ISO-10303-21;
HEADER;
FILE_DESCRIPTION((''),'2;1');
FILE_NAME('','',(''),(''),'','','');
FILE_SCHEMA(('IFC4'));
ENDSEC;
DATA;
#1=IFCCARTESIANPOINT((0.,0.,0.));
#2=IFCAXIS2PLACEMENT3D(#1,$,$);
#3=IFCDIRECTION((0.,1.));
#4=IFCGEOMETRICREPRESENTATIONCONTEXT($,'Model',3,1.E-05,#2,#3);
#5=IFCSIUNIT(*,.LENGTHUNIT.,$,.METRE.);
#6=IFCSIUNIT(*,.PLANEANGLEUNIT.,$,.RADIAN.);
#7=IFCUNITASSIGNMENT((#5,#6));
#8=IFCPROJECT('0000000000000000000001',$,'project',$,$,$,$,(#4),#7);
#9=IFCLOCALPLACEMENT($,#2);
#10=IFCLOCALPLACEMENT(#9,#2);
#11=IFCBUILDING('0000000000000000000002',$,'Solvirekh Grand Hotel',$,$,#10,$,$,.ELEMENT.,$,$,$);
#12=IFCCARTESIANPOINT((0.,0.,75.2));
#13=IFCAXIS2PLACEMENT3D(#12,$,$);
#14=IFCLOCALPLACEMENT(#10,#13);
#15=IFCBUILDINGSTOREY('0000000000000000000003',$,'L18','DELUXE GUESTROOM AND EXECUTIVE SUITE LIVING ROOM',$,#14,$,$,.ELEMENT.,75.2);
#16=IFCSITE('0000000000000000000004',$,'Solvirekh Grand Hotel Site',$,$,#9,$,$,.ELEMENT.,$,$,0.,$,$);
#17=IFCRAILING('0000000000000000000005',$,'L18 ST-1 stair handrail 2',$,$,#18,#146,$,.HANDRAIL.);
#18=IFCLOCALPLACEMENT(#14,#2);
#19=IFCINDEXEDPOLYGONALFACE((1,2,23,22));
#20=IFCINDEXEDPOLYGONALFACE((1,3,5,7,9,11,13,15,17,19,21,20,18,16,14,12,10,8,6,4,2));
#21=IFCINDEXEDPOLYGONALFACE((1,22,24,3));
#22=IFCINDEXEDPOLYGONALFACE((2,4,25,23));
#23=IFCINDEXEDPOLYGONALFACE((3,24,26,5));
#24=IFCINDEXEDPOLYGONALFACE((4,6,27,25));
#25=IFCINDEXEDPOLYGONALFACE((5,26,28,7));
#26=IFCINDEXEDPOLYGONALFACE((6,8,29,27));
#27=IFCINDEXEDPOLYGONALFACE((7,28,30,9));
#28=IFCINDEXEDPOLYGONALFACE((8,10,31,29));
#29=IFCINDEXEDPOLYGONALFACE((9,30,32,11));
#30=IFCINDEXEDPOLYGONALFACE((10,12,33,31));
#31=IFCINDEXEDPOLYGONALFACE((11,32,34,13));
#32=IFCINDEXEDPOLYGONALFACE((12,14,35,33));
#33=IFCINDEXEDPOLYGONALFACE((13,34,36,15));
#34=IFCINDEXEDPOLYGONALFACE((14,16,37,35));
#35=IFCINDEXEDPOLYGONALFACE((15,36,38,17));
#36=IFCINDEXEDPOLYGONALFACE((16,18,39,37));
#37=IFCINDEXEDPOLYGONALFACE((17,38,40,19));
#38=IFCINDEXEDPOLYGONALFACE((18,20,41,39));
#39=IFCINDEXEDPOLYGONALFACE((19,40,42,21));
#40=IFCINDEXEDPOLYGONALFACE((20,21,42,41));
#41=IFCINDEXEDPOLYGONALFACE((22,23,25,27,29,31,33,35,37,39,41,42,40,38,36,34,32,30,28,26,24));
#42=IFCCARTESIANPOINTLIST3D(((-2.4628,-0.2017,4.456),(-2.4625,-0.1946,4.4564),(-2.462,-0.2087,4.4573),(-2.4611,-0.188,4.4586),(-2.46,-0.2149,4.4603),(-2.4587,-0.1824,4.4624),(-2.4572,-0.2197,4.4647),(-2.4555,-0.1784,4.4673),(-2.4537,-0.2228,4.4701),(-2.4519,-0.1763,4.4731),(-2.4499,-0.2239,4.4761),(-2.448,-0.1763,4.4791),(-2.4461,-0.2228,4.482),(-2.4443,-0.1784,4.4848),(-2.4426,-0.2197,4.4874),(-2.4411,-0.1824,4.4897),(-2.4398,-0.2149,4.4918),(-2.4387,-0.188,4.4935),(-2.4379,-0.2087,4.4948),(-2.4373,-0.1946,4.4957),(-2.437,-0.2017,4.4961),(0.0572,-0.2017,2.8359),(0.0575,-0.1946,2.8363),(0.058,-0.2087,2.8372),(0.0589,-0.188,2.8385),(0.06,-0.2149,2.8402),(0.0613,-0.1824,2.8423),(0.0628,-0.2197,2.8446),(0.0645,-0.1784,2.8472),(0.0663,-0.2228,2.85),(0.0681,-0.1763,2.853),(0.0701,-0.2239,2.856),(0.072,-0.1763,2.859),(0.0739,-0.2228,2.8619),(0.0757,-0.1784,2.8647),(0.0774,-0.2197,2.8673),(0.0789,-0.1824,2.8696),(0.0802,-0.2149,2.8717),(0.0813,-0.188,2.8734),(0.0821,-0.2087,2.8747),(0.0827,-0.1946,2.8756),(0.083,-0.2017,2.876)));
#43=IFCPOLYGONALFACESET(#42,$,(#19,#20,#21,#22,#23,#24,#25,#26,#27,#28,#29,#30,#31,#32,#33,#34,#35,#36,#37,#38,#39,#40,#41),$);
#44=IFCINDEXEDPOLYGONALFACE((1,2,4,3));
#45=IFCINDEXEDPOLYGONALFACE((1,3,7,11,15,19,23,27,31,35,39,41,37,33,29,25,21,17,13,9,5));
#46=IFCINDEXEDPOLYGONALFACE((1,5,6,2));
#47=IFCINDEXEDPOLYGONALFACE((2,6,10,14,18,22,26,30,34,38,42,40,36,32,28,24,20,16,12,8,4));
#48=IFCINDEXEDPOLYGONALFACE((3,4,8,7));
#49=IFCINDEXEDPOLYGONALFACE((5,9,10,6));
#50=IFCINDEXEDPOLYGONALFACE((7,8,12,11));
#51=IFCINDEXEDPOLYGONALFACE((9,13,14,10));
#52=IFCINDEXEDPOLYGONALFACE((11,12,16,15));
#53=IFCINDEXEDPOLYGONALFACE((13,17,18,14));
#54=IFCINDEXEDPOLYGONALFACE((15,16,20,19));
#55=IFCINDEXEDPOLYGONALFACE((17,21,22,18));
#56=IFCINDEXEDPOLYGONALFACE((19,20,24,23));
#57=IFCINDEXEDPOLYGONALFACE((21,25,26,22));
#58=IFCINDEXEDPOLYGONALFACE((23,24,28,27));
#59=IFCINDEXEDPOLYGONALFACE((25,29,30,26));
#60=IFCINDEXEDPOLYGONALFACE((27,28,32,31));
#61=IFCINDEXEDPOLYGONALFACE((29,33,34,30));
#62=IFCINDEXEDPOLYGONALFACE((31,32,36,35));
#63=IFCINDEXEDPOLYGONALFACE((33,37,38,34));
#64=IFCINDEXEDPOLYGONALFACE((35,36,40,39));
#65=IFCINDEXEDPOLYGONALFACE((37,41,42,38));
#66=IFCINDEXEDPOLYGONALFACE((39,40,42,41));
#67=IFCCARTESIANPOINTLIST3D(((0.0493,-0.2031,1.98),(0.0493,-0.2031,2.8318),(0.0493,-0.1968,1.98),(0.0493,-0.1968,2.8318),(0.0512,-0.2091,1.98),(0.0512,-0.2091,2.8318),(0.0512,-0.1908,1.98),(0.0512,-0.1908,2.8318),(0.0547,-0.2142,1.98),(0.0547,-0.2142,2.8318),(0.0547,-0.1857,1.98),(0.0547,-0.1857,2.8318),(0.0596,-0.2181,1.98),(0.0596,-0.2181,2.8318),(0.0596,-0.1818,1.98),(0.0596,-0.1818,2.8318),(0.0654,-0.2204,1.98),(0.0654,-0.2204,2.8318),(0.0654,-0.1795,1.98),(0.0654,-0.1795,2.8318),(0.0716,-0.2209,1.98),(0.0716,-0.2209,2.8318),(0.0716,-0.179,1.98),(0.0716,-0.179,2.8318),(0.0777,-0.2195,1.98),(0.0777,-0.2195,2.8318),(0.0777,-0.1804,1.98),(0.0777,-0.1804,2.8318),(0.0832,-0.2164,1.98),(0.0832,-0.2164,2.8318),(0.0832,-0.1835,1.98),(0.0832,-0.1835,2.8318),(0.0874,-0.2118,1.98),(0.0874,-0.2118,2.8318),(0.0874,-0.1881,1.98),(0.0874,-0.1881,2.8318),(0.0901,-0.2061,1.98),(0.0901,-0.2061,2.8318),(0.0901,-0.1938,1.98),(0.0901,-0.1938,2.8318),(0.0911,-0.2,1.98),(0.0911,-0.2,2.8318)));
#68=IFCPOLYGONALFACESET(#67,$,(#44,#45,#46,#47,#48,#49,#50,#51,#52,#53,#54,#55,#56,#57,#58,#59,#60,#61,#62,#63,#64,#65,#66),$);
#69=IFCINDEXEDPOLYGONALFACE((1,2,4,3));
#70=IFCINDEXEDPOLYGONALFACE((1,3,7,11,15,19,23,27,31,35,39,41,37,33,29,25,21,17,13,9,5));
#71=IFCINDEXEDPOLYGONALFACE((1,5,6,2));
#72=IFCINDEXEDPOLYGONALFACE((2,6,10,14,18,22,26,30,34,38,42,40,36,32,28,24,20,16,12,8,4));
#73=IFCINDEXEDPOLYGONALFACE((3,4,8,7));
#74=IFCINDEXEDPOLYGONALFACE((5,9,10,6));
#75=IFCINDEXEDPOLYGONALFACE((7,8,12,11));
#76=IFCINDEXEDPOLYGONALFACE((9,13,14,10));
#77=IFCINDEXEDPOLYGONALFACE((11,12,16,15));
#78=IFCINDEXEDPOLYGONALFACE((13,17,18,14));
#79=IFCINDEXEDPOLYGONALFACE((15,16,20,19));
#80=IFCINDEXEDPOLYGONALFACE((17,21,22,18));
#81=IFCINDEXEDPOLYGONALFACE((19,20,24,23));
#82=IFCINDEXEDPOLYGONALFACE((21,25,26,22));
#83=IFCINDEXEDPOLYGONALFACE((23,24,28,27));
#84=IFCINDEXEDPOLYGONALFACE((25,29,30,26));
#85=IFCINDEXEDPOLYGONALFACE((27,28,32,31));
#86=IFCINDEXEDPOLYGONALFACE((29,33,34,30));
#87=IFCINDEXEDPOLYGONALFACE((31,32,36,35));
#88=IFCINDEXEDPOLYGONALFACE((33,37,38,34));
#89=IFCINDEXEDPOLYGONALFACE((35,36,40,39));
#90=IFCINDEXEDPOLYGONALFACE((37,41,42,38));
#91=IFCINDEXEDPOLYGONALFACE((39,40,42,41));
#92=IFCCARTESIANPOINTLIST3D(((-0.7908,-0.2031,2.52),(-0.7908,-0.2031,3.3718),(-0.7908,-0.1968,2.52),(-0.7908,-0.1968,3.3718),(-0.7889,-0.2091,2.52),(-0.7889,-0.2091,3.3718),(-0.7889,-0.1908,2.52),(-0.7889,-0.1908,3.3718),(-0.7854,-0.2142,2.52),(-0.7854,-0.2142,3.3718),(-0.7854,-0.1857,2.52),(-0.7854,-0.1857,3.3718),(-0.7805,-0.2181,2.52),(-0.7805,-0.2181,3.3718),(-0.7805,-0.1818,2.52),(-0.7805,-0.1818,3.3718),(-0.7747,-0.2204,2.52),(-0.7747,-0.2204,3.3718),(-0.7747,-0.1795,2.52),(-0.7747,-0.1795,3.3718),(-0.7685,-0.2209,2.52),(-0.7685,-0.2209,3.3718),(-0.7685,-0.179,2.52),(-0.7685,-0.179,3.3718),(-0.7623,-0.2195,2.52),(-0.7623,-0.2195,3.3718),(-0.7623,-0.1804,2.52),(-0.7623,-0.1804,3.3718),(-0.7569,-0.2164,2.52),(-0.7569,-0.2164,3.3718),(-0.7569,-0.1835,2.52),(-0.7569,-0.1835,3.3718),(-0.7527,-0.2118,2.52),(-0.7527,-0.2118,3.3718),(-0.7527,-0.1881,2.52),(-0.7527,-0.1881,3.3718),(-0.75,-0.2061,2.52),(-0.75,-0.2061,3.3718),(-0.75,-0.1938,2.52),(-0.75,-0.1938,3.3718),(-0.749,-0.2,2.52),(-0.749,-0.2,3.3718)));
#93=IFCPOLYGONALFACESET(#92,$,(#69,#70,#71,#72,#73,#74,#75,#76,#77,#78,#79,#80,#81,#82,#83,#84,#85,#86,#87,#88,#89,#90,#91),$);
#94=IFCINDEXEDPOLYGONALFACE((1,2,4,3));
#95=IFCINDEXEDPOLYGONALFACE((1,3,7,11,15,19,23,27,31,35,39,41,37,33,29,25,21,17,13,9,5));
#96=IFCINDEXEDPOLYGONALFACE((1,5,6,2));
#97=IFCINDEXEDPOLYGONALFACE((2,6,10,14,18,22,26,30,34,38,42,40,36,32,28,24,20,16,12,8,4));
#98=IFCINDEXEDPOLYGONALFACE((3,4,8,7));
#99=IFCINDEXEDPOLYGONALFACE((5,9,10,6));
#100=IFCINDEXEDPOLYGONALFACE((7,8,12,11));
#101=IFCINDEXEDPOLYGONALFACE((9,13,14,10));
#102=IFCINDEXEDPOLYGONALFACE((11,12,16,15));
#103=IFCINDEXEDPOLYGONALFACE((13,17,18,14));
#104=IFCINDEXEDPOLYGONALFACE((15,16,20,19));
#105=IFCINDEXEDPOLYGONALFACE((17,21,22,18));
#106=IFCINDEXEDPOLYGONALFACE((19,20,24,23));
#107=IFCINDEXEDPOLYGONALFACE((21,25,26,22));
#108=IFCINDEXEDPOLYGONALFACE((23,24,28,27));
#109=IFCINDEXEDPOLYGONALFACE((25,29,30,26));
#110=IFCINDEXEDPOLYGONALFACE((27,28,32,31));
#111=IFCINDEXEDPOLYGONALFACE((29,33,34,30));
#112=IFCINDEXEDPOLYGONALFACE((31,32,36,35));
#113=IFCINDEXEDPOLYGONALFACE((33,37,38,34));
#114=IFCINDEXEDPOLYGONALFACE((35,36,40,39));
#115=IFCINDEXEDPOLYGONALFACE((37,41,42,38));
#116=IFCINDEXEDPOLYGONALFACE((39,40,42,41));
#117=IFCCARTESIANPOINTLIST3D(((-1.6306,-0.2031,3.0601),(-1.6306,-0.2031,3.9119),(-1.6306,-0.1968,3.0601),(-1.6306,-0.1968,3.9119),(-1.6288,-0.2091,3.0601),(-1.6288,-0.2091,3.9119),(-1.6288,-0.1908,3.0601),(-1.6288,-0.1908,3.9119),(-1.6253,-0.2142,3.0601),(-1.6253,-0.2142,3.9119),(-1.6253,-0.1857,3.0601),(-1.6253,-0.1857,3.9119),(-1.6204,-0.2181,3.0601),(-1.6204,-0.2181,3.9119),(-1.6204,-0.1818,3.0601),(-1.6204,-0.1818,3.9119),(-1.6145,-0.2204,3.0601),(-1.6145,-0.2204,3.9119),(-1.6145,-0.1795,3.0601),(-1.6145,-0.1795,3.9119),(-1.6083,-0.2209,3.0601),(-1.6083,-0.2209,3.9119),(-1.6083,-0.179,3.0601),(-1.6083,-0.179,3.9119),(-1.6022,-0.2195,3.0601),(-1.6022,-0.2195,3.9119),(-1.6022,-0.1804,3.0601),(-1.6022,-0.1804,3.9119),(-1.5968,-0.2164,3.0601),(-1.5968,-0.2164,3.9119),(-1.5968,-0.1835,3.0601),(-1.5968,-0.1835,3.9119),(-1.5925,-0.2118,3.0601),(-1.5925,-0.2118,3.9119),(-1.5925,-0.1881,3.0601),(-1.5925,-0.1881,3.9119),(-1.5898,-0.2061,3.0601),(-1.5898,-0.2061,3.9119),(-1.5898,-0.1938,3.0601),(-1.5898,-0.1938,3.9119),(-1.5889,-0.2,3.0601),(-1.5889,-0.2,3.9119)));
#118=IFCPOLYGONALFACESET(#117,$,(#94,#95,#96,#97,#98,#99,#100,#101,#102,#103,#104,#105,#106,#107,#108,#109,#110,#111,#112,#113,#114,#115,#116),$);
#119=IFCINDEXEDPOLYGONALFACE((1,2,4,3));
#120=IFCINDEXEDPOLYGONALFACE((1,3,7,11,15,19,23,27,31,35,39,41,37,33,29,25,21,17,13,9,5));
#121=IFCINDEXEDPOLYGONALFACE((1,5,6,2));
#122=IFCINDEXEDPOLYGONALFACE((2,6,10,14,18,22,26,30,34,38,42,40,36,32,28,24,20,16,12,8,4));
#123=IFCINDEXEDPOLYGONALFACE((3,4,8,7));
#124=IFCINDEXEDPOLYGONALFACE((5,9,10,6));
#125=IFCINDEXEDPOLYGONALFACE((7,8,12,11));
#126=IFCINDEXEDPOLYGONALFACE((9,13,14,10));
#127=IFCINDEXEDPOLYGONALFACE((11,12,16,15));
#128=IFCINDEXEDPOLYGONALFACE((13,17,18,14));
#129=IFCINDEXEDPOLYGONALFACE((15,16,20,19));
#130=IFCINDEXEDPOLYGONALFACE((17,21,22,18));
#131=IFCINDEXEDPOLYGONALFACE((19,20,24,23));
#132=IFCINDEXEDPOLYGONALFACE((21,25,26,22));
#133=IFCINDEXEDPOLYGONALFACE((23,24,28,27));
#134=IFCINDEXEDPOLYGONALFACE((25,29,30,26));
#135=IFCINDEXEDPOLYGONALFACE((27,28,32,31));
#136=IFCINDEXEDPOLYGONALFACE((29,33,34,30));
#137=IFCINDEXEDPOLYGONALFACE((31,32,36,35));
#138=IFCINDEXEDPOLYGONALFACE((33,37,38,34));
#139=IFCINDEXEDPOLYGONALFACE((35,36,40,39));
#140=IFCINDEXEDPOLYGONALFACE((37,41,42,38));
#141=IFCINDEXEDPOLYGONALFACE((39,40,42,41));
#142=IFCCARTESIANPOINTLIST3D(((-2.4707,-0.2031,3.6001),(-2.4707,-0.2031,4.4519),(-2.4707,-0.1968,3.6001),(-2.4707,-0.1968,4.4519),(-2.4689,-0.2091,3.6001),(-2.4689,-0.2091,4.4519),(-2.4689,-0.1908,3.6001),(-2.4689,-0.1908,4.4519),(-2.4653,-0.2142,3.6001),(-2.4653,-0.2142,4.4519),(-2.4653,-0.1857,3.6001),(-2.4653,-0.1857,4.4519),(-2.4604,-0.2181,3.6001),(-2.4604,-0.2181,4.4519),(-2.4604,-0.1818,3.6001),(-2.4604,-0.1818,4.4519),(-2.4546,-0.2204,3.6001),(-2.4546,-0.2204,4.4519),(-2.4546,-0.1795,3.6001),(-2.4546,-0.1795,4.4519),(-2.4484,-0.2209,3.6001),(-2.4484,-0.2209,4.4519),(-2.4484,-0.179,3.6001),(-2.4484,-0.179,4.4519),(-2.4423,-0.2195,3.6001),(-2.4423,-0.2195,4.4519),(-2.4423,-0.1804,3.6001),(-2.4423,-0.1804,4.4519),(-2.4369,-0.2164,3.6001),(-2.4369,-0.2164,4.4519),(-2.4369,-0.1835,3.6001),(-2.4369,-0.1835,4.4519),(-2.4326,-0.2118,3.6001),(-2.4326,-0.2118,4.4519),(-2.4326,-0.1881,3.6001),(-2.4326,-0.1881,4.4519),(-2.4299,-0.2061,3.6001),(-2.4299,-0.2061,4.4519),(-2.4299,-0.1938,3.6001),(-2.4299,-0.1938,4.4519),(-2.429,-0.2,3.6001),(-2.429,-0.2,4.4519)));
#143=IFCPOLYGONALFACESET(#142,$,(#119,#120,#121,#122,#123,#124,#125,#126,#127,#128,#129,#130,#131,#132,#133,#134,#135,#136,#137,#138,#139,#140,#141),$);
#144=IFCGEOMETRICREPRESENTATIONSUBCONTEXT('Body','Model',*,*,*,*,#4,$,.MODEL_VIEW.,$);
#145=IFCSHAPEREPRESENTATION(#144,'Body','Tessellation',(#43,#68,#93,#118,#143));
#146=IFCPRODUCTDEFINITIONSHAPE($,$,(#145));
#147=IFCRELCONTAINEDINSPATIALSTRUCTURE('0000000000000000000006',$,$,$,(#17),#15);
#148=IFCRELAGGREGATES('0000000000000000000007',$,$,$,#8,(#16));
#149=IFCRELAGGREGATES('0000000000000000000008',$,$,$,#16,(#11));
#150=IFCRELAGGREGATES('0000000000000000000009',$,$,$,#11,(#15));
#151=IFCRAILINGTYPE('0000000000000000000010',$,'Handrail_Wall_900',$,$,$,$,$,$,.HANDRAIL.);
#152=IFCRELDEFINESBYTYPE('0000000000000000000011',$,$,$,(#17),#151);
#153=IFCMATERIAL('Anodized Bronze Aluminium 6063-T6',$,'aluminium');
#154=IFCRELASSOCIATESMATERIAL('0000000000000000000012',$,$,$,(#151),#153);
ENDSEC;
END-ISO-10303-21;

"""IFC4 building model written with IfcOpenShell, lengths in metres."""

from ifc_helpers import new_model, si_unit, direction, frame, origin, origin_2d, place, context, subcontext, project, spatial, circle, extrude, material, type_object, element, save


model = new_model("IFC4")

# Units and contexts
model_context = context("Model", 3, precision=1e-05, world=origin(), true_north=direction((0.0, 1.0)))
body_context = subcontext(model_context, "Body", "Model", "MODEL_VIEW")
ifc_project = project(units=[si_unit("LENGTHUNIT", "METRE"), si_unit("PLANEANGLEUNIT", "RADIAN")], contexts=[model_context])

# Site, building, storey
site_placement = place(None, origin())
site = spatial("IfcSite", under=ifc_project, at=site_placement, Name="Solvirekh Grand Hotel Site", CompositionType="ELEMENT", RefElevation=0.0)
building_placement = place(site_placement, origin())
building = spatial("IfcBuilding", under=site, at=building_placement, Name="Solvirekh Grand Hotel", CompositionType="ELEMENT")
storey_placement = place(building_placement, frame((0.0, 0.0, 75.2)))
storey = spatial("IfcBuildingStorey", under=building, at=storey_placement, Name="L18", Description="DELUXE GUESTROOM AND EXECUTIVE SUITE LIVING ROOM", CompositionType="ELEMENT", Elevation=75.2)

# Railing
ifc_material_1 = material(Name="Anodized Bronze Aluminium 6063-T6", Category="aluminium")
railing_type_1 = type_object("IfcRailingType", Name="Handrail_Wall_900", PredefinedType="HANDRAIL", material=ifc_material_1)
railing_1_placement = place(storey_placement, frame((0.0701, -0.2, 1.98)))
element("IfcRailing", 1, at=railing_1_placement, inside=storey, type_object=railing_type_1, Name="L18 ST-1 stair handrail 2", PredefinedType="HANDRAIL", context=body_context, shape_type="SweptSolid", body=[
    extrude(circle(Radius=0.0239, at=origin_2d()), frame((0.0, 0.0, 0.876), z_axis=(-0.841163, 0.0, 0.540782), x_axis=(0.0, -1.0, 0.0)), (0.0, 0.0, 1.0), 2.9958),
    extrude(circle(Radius=0.021, at=origin_2d()), origin(), (0.0, 0.0, 1.0), 0.8518),
    extrude(circle(Radius=0.021, at=origin_2d()), frame((-0.8401, 0.0, 0.54)), (0.0, 0.0, 1.0), 0.8518),
    extrude(circle(Radius=0.021, at=origin_2d()), frame((-1.6799, 0.0, 1.0801)), (0.0, 0.0, 1.0), 0.8518),
    extrude(circle(Radius=0.021, at=origin_2d()), frame((-2.52, 0.0, 1.6201)), (0.0, 0.0, 1.0), 0.8518),
])

save(model, "model.ifc")
